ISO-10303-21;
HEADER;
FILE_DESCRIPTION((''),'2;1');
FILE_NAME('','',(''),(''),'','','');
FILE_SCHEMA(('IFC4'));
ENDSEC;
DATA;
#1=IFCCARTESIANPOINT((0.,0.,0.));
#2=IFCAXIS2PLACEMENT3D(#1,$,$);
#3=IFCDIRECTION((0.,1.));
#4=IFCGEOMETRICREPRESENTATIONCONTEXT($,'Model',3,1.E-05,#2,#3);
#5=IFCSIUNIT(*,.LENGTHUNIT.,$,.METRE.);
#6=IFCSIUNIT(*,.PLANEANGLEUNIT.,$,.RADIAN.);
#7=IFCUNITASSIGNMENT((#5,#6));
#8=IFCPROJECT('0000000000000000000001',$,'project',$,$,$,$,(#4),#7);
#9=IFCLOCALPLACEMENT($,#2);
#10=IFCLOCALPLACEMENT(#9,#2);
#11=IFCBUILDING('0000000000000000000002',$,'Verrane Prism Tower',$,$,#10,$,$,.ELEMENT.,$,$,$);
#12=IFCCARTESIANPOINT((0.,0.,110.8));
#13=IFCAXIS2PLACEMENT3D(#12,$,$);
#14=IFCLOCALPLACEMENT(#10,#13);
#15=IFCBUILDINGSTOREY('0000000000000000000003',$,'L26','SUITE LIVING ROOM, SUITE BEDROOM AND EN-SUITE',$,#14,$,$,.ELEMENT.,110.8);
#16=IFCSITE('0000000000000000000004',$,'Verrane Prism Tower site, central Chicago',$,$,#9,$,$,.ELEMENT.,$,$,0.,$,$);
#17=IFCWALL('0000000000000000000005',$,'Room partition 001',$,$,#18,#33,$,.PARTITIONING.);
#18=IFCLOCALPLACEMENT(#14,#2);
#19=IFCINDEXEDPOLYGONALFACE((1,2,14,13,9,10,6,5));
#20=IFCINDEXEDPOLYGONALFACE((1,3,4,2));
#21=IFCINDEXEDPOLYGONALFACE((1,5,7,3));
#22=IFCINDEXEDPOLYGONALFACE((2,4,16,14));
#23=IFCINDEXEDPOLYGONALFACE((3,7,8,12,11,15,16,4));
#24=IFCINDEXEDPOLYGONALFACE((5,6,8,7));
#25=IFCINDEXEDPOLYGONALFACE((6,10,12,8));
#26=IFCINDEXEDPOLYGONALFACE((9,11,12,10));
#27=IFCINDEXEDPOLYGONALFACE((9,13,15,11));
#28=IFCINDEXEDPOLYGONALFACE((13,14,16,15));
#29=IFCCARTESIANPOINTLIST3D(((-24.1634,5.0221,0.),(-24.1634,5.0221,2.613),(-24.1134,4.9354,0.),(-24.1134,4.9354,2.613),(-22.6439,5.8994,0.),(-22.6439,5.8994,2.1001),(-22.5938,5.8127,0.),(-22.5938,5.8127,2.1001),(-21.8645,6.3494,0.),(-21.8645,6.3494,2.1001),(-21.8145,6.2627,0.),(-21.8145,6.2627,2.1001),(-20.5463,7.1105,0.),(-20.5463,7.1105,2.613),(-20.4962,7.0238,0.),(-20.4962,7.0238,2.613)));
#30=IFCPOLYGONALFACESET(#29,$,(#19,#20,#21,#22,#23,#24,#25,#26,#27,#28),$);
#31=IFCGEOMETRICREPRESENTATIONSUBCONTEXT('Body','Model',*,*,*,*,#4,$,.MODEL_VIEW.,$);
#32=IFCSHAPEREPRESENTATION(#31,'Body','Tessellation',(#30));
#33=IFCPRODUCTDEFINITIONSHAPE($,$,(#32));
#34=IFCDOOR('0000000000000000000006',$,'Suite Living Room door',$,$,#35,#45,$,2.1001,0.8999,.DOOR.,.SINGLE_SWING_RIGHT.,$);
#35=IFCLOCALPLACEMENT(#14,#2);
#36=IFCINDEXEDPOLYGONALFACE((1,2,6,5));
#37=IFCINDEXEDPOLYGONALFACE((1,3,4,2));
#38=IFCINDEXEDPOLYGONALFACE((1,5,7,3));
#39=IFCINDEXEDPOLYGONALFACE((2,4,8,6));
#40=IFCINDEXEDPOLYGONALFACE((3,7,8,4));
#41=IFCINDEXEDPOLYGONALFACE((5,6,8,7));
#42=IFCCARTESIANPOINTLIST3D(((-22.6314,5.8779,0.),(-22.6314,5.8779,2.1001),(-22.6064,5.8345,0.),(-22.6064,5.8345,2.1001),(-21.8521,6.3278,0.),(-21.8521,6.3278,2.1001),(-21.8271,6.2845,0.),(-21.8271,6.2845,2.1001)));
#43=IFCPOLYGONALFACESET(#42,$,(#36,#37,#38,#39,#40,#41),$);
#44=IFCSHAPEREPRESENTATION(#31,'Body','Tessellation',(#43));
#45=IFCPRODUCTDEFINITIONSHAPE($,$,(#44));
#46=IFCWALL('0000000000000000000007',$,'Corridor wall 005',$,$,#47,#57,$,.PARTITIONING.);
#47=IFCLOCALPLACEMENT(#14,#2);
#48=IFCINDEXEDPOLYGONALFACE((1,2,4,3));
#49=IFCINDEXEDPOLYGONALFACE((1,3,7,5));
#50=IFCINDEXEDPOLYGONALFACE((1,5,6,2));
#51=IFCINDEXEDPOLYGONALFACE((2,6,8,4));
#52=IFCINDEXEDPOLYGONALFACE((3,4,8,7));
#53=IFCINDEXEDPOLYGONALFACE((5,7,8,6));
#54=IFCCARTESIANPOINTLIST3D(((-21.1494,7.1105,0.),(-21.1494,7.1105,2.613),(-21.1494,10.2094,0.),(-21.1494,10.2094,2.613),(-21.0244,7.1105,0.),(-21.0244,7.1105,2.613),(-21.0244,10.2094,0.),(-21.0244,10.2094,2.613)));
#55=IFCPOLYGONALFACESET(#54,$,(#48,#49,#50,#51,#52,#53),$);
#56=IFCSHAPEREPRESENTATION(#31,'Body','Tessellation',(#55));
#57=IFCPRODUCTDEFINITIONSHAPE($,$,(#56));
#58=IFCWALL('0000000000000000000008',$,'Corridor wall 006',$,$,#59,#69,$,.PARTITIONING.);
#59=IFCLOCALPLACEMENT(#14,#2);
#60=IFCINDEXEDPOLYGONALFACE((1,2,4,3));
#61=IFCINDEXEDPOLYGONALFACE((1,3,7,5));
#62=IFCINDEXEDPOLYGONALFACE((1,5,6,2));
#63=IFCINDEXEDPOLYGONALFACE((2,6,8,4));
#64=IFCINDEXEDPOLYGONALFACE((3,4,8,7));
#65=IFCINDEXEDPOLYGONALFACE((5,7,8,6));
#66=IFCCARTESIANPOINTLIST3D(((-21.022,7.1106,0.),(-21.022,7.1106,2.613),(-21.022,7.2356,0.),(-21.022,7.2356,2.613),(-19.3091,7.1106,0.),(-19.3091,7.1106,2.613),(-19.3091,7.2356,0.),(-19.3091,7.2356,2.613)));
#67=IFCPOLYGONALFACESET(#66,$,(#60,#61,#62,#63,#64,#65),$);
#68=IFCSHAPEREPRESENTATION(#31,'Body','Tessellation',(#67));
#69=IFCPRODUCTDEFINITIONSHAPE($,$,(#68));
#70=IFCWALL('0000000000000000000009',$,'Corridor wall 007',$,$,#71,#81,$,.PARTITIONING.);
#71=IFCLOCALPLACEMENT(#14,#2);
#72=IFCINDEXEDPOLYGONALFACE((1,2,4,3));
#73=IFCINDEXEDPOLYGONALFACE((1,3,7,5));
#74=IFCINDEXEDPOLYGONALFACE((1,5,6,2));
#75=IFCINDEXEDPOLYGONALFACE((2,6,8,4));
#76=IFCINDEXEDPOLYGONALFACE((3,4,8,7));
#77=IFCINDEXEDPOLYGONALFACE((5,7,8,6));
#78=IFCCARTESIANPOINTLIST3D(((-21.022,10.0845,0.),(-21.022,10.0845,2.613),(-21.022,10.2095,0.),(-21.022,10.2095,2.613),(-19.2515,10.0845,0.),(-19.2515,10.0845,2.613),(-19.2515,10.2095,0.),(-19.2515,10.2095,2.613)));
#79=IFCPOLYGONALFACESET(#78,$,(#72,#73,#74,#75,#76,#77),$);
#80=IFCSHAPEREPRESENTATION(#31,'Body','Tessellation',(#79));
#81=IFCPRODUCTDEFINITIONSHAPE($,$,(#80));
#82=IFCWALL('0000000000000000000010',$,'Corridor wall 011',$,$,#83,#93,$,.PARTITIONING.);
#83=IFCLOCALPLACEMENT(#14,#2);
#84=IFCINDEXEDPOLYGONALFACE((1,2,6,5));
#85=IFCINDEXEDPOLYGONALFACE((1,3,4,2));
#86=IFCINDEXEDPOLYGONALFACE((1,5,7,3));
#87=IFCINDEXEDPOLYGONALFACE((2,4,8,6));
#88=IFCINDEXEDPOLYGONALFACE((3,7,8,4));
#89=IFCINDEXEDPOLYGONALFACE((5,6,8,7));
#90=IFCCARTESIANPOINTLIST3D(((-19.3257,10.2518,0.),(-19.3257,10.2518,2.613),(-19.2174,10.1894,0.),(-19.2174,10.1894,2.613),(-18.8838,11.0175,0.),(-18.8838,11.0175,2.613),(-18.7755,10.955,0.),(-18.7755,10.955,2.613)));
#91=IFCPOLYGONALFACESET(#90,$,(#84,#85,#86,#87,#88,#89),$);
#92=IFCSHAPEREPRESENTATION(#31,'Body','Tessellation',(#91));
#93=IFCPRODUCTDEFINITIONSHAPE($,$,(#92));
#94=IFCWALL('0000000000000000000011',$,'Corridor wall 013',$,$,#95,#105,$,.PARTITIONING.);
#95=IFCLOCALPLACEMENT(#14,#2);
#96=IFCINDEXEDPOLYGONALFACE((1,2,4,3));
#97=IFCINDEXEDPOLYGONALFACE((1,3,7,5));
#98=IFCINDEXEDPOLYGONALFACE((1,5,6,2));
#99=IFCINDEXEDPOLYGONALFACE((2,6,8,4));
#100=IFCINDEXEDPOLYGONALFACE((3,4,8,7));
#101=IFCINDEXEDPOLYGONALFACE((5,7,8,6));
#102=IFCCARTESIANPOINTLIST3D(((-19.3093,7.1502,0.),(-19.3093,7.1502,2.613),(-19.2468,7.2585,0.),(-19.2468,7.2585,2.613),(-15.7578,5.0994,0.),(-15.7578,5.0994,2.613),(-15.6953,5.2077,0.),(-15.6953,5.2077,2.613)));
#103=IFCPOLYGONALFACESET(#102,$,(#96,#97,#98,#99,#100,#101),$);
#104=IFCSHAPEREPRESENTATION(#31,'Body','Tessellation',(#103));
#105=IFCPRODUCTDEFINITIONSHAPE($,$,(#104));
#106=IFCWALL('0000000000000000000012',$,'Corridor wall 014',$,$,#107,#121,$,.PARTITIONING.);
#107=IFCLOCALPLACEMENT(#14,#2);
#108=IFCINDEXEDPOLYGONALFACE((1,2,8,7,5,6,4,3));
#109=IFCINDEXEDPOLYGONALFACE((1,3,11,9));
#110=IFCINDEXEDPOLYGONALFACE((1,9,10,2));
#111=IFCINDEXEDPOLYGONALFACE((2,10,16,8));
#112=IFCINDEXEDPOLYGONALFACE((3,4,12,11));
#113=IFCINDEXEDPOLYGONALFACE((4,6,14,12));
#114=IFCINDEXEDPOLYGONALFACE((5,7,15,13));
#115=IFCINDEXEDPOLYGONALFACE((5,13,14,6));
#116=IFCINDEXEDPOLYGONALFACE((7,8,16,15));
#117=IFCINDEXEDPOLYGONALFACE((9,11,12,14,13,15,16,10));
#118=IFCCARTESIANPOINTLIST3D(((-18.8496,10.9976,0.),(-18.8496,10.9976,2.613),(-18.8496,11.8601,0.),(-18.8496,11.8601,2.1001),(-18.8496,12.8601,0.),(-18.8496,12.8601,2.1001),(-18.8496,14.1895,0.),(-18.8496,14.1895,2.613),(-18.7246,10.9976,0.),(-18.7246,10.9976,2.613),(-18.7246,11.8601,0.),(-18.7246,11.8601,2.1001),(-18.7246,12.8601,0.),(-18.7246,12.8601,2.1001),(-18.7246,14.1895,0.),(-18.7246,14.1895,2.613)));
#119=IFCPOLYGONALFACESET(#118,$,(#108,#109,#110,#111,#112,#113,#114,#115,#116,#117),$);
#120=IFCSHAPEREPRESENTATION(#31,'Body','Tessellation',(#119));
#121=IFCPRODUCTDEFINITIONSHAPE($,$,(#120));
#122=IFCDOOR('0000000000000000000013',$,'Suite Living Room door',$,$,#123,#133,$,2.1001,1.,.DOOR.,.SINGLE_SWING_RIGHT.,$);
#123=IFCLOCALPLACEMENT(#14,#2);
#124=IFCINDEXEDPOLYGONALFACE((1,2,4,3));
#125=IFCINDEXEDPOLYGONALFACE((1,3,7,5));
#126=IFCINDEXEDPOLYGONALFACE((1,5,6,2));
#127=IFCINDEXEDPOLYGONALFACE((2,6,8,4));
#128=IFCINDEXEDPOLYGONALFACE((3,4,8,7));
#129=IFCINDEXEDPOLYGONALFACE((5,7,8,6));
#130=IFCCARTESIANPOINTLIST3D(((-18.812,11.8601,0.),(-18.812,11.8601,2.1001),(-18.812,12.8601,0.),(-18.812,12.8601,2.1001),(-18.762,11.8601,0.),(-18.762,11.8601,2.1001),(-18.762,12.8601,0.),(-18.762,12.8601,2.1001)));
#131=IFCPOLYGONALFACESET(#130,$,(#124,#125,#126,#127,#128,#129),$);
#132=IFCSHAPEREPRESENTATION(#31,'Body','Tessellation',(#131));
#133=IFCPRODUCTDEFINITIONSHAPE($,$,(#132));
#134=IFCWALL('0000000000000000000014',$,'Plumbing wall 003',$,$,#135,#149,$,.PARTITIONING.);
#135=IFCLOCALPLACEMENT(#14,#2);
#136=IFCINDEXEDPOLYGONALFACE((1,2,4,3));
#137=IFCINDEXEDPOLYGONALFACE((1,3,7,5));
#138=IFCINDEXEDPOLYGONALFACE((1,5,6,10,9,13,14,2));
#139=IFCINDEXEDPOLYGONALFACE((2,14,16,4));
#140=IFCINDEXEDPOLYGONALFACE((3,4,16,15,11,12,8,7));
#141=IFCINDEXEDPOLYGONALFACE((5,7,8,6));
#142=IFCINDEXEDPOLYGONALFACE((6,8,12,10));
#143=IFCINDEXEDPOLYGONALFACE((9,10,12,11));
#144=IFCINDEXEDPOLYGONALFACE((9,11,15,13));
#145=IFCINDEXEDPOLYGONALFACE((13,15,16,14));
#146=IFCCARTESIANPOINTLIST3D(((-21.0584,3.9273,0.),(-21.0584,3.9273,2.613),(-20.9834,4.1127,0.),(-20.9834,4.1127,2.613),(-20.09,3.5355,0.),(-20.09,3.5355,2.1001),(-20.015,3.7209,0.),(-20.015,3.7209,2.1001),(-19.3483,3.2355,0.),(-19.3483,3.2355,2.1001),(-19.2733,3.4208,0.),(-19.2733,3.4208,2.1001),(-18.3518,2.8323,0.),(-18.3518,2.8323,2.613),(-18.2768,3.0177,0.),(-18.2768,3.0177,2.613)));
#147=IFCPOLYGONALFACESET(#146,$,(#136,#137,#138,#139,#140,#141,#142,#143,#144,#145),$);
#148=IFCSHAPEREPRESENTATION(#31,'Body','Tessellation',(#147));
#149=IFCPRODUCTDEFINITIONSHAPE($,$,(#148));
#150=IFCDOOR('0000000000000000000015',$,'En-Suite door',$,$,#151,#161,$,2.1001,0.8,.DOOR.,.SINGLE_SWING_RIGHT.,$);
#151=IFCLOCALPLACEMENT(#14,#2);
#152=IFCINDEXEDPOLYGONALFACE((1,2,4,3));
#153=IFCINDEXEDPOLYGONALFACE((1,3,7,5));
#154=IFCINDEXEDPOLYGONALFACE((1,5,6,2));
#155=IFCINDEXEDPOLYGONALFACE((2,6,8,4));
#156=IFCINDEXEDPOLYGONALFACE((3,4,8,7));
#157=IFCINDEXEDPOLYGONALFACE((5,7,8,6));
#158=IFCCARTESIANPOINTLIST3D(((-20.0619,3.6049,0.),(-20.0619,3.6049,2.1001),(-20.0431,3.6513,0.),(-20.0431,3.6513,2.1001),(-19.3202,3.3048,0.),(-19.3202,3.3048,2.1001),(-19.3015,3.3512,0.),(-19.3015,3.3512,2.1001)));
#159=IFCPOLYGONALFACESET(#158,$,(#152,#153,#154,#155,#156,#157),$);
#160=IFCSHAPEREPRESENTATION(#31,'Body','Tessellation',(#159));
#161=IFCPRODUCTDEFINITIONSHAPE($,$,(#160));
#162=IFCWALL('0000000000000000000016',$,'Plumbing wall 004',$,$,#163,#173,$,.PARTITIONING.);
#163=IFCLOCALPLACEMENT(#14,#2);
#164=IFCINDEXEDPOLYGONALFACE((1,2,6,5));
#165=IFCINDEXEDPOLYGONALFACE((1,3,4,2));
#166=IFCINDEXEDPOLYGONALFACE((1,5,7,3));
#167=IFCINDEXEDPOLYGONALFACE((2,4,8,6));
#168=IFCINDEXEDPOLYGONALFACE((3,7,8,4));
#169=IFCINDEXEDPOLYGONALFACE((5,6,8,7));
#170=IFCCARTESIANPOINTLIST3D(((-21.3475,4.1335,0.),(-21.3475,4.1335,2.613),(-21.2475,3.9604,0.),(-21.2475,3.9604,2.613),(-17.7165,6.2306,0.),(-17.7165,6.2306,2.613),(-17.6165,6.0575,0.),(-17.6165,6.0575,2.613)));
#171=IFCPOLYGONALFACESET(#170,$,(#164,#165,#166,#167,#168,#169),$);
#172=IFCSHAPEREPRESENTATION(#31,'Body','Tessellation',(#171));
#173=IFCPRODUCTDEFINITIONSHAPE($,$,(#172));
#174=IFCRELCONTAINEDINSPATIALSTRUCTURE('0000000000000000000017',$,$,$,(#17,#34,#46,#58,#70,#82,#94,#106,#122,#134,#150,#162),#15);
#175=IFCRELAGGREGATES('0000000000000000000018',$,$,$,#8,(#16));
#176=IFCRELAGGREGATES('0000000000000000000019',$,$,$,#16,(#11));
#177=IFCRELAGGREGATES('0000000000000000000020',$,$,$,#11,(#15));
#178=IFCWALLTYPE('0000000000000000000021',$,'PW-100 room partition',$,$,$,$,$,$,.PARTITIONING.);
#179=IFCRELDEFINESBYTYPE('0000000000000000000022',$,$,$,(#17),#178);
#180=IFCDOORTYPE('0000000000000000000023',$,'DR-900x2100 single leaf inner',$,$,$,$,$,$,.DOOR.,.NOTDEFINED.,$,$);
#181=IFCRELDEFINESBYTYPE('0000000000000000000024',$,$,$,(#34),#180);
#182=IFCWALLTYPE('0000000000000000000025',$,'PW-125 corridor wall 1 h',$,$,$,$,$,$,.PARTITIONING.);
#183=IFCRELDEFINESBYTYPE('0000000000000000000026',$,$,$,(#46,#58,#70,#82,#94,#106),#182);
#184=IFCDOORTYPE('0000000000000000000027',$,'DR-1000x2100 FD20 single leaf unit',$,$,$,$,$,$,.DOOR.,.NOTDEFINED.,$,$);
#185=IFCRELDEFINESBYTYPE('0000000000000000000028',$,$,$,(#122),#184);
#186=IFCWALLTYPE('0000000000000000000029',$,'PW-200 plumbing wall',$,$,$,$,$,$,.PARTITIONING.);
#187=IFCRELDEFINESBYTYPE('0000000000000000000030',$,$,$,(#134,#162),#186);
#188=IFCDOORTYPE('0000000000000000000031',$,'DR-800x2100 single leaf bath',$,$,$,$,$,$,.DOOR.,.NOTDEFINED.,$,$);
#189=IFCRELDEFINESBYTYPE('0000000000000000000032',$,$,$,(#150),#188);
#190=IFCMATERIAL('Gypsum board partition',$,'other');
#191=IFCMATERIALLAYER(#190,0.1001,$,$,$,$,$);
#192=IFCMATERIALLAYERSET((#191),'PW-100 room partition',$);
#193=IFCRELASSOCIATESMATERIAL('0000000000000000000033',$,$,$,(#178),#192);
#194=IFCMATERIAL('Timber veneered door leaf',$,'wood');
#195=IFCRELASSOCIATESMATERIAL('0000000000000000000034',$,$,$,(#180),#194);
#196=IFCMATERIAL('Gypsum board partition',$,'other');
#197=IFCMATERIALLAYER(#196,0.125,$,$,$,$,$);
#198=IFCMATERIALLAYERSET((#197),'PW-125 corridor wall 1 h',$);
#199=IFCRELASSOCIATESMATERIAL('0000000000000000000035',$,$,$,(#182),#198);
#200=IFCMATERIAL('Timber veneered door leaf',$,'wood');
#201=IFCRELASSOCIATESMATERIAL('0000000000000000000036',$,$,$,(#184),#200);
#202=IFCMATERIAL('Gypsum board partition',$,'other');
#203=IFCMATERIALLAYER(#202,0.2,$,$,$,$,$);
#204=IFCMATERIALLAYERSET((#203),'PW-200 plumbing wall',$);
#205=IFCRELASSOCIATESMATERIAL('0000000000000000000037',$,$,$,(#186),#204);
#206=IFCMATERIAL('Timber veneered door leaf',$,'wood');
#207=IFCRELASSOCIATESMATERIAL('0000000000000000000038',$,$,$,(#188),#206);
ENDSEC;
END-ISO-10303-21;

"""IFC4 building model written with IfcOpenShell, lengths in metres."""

from ifc_helpers import new_model, si_unit, direction, frame, frame_2d, origin, place, context, subcontext, project, spatial, rectangle, extrude, material, layer, layer_set, type_object, element, fill, save


model = new_model("IFC4")

# Units and contexts
model_context = context("Model", 3, precision=1e-05, world=origin(), true_north=direction((0.0, 1.0)))
body_context = subcontext(model_context, "Body", "Model", "MODEL_VIEW")
ifc_project = project(units=[si_unit("LENGTHUNIT", "METRE"), si_unit("PLANEANGLEUNIT", "RADIAN")], contexts=[model_context])

# Site, building, storey
site_placement = place(None, origin())
site = spatial("IfcSite", under=ifc_project, at=site_placement, Name="Verrane Prism Tower site, central Chicago", CompositionType="ELEMENT", RefElevation=0.0)
building_placement = place(site_placement, origin())
building = spatial("IfcBuilding", under=site, at=building_placement, Name="Verrane Prism Tower", CompositionType="ELEMENT")
storey_placement = place(building_placement, frame((0.0, 0.0, 110.8)))
storey = spatial("IfcBuildingStorey", under=building, at=storey_placement, Name="L26", Description="SUITE LIVING ROOM, SUITE BEDROOM AND EN-SUITE", CompositionType="ELEMENT", Elevation=110.8)

# Wall, opening, door
ifc_material_1 = material(Name="Gypsum board partition", Category="other")
ifc_layer_1 = layer(ifc_material_1, 0.1001)
ifc_layer_set_1 = layer_set([ifc_layer_1], Name="PW-100 room partition")
wall_type_1 = type_object("IfcWallType", Name="PW-100 room partition", PredefinedType="PARTITIONING", material=ifc_layer_set_1)
wall_1_placement = place(storey_placement, frame((-20.5212, 7.0671, 0.0), z_axis=(0.0, 0.0, 1.0), x_axis=(-0.866026, -0.499999, 0.0)))
wall_1 = element("IfcWall", 1, at=wall_1_placement, inside=storey, type_object=wall_type_1, Name="Room partition 001", PredefinedType="PARTITIONING", context=body_context, shape_type="SweptSolid", body=[
    extrude(rectangle(XDim=4.1768, YDim=0.1001, at=frame_2d((2.0884, 0.0))), origin(), (0.0, 0.0, 1.0), 2.613),
])
opening_1_placement = place(wall_1_placement, frame((1.5222, 0.0, 0.0)))
opening_1 = element("IfcOpeningElement", 2, at=opening_1_placement, cuts=wall_1, PredefinedType="OPENING", context=body_context, shape_type="SweptSolid", body=[
    extrude(rectangle(XDim=0.8999, YDim=2.1001, at=frame_2d((0.45, 1.05))), frame((0.0, 0.0601, 0.0), z_axis=(0.0, -1.0, 0.0), x_axis=(1.0, 0.0, 0.0)), (0.0, 0.0, 1.0), 0.1201),
])
ifc_material_2 = material(Name="Timber veneered door leaf", Category="wood")
door_type_1 = type_object("IfcDoorType", Name="DR-900x2100 single leaf inner", OperationType="NOTDEFINED", PredefinedType="DOOR", material=ifc_material_2)
door_1_placement = place(opening_1_placement, origin())
door_1 = element("IfcDoor", 3, at=door_1_placement, inside=storey, type_object=door_type_1, Name="Suite Living Room door", OperationType="SINGLE_SWING_RIGHT", OverallHeight=2.1001, OverallWidth=0.8999, PredefinedType="DOOR", context=body_context, shape_type="SweptSolid", body=[
    extrude(rectangle(XDim=0.8999, YDim=2.1001, at=frame_2d((0.45, 1.05))), frame((0.0, 0.0249, 0.0), z_axis=(0.0, -1.0, 0.0), x_axis=(1.0, 0.0, 0.0)), (0.0, 0.0, 1.0), 0.05),
])
fill(opening_1, door_1)

# Walls
ifc_material_3 = material(Name="Gypsum board partition", Category="other")
ifc_layer_2 = layer(ifc_material_3, 0.125)
ifc_layer_set_2 = layer_set([ifc_layer_2], Name="PW-125 corridor wall 1 h")
wall_type_2 = type_object("IfcWallType", Name="PW-125 corridor wall 1 h", PredefinedType="PARTITIONING", material=ifc_layer_set_2)
wall_2_placement = place(storey_placement, frame((-21.0869, 7.1106, 0.0), z_axis=(0.0, 0.0, 1.0), x_axis=(0.0, 1.0, 0.0)))
element("IfcWall", 4, at=wall_2_placement, inside=storey, type_object=wall_type_2, Name="Corridor wall 005", PredefinedType="PARTITIONING", context=body_context, shape_type="SweptSolid", body=[
    extrude(rectangle(XDim=3.0989, YDim=0.125, at=frame_2d((1.5493, 0.0))), origin(), (0.0, 0.0, 1.0), 2.613),
])
wall_3_placement = place(storey_placement, frame((-21.022, 7.1731, 0.0), z_axis=(0.0, 0.0, 1.0), x_axis=(1.0, 0.0, 0.0)))
element("IfcWall", 5, at=wall_3_placement, inside=storey, type_object=wall_type_2, Name="Corridor wall 006", PredefinedType="PARTITIONING", context=body_context, shape_type="SweptSolid", body=[
    extrude(rectangle(XDim=1.7129, YDim=0.125, at=frame_2d((0.8564, 0.0))), origin(), (0.0, 0.0, 1.0), 2.613),
])
wall_4_placement = place(storey_placement, frame((-21.022, 10.147, 0.0), z_axis=(0.0, 0.0, 1.0), x_axis=(1.0, 0.0, 0.0)))
element("IfcWall", 6, at=wall_4_placement, inside=storey, type_object=wall_type_2, Name="Corridor wall 007", PredefinedType="PARTITIONING", context=body_context, shape_type="SweptSolid", body=[
    extrude(rectangle(XDim=1.7705, YDim=0.125, at=frame_2d((0.8853, 0.0))), origin(), (0.0, 0.0, 1.0), 2.613),
])
wall_5_placement = place(storey_placement, frame((-19.2715, 10.2207, 0.0), z_axis=(0.0, 0.0, 1.0), x_axis=(0.499882, 0.866094, 0.0)))
element("IfcWall", 7, at=wall_5_placement, inside=storey, type_object=wall_type_2, Name="Corridor wall 011", PredefinedType="PARTITIONING", context=body_context, shape_type="SweptSolid", body=[
    extrude(rectangle(XDim=0.884, YDim=0.125, at=frame_2d((0.4419, 0.0))), origin(), (0.0, 0.0, 1.0), 2.613),
])
wall_6_placement = place(storey_placement, frame((-19.2781, 7.2043, 0.0), z_axis=(0.0, 0.0, 1.0), x_axis=(0.865992, -0.500057, 0.0)))
element("IfcWall", 8, at=wall_6_placement, inside=storey, type_object=wall_type_2, Name="Corridor wall 013", PredefinedType="PARTITIONING", context=body_context, shape_type="SweptSolid", body=[
    extrude(rectangle(XDim=4.1011, YDim=0.125, at=frame_2d((2.0505, 0.0))), origin(), (0.0, 0.0, 1.0), 2.613),
])

# Walls, openings, doors
wall_7_placement = place(storey_placement, frame((-18.7871, 10.9976, 0.0), z_axis=(0.0, 0.0, 1.0), x_axis=(0.0, 1.0, 0.0)))
wall_7 = element("IfcWall", 9, at=wall_7_placement, inside=storey, type_object=wall_type_2, Name="Corridor wall 014", PredefinedType="PARTITIONING", context=body_context, shape_type="SweptSolid", body=[
    extrude(rectangle(XDim=3.1919, YDim=0.125, at=frame_2d((1.5959, 0.0))), origin(), (0.0, 0.0, 1.0), 2.613),
])
opening_2_placement = place(wall_7_placement, frame((0.8625, 0.0, 0.0)))
opening_2 = element("IfcOpeningElement", 10, at=opening_2_placement, cuts=wall_7, PredefinedType="OPENING", context=body_context, shape_type="SweptSolid", body=[
    extrude(rectangle(XDim=1.0, YDim=2.1001, at=frame_2d((0.5, 1.05))), frame((0.0, 0.0725, 0.0), z_axis=(0.0, -1.0, 0.0), x_axis=(1.0, 0.0, 0.0)), (0.0, 0.0, 1.0), 0.145),
])
ifc_material_4 = material(Name="Timber veneered door leaf", Category="wood")
door_type_2 = type_object("IfcDoorType", Name="DR-1000x2100 FD20 single leaf unit", OperationType="NOTDEFINED", PredefinedType="DOOR", material=ifc_material_4)
door_2_placement = place(opening_2_placement, origin())
door_2 = element("IfcDoor", 11, at=door_2_placement, inside=storey, type_object=door_type_2, Name="Suite Living Room door", OperationType="SINGLE_SWING_RIGHT", OverallHeight=2.1001, OverallWidth=1.0, PredefinedType="DOOR", context=body_context, shape_type="SweptSolid", body=[
    extrude(rectangle(XDim=1.0, YDim=2.1001, at=frame_2d((0.5, 1.05))), frame((0.0, 0.0249, 0.0), z_axis=(0.0, -1.0, 0.0), x_axis=(1.0, 0.0, 0.0)), (0.0, 0.0, 1.0), 0.05),
])
fill(opening_2, door_2)
ifc_material_5 = material(Name="Gypsum board partition", Category="other")
ifc_layer_3 = layer(ifc_material_5, 0.2)
ifc_layer_set_3 = layer_set([ifc_layer_3], Name="PW-200 plumbing wall")
wall_type_3 = type_object("IfcWallType", Name="PW-200 plumbing wall", PredefinedType="PARTITIONING", material=ifc_layer_set_3)
wall_8_placement = place(storey_placement, frame((-21.021, 4.02, 0.0), z_axis=(0.0, 0.0, 1.0), x_axis=(0.927011, -0.375035, 0.0)))
wall_8 = element("IfcWall", 12, at=wall_8_placement, inside=storey, type_object=wall_type_3, Name="Plumbing wall 003", PredefinedType="PARTITIONING", context=body_context, shape_type="SweptSolid", body=[
    extrude(rectangle(XDim=2.9197, YDim=0.2, at=frame_2d((1.46, 0.0))), origin(), (0.0, 0.0, 1.0), 2.613),
])
opening_3_placement = place(wall_8_placement, frame((1.0449, 0.0, 0.0)))
opening_3 = element("IfcOpeningElement", 13, at=opening_3_placement, cuts=wall_8, PredefinedType="OPENING", context=body_context, shape_type="SweptSolid", body=[
    extrude(rectangle(XDim=0.8, YDim=2.1001, at=frame_2d((0.3999, 1.05))), frame((0.0, 0.1099, 0.0), z_axis=(0.0, -1.0, 0.0), x_axis=(1.0, 0.0, 0.0)), (0.0, 0.0, 1.0), 0.22),
])
ifc_material_6 = material(Name="Timber veneered door leaf", Category="wood")
door_type_3 = type_object("IfcDoorType", Name="DR-800x2100 single leaf bath", OperationType="NOTDEFINED", PredefinedType="DOOR", material=ifc_material_6)
door_3_placement = place(opening_3_placement, origin())
door_3 = element("IfcDoor", 14, at=door_3_placement, inside=storey, type_object=door_type_3, Name="En-Suite door", OperationType="SINGLE_SWING_RIGHT", OverallHeight=2.1001, OverallWidth=0.8, PredefinedType="DOOR", context=body_context, shape_type="SweptSolid", body=[
    extrude(rectangle(XDim=0.8, YDim=2.1001, at=frame_2d((0.3999, 1.05))), frame((0.0, 0.0249, 0.0), z_axis=(0.0, -1.0, 0.0), x_axis=(1.0, 0.0, 0.0)), (0.0, 0.0, 1.0), 0.05),
])
fill(opening_3, door_3)

# Wall
wall_9_placement = place(storey_placement, frame((-21.2976, 4.0469, 0.0), z_axis=(0.0, 0.0, 1.0), x_axis=(0.865948, 0.500134, 0.0)))
element("IfcWall", 15, at=wall_9_placement, inside=storey, type_object=wall_type_3, Name="Plumbing wall 004", PredefinedType="PARTITIONING", context=body_context, shape_type="SweptSolid", body=[
    extrude(rectangle(XDim=4.1931, YDim=0.2, at=frame_2d((2.0967, 0.0))), origin(), (0.0, 0.0, 1.0), 2.613),
])

save(model, "model.ifc")
